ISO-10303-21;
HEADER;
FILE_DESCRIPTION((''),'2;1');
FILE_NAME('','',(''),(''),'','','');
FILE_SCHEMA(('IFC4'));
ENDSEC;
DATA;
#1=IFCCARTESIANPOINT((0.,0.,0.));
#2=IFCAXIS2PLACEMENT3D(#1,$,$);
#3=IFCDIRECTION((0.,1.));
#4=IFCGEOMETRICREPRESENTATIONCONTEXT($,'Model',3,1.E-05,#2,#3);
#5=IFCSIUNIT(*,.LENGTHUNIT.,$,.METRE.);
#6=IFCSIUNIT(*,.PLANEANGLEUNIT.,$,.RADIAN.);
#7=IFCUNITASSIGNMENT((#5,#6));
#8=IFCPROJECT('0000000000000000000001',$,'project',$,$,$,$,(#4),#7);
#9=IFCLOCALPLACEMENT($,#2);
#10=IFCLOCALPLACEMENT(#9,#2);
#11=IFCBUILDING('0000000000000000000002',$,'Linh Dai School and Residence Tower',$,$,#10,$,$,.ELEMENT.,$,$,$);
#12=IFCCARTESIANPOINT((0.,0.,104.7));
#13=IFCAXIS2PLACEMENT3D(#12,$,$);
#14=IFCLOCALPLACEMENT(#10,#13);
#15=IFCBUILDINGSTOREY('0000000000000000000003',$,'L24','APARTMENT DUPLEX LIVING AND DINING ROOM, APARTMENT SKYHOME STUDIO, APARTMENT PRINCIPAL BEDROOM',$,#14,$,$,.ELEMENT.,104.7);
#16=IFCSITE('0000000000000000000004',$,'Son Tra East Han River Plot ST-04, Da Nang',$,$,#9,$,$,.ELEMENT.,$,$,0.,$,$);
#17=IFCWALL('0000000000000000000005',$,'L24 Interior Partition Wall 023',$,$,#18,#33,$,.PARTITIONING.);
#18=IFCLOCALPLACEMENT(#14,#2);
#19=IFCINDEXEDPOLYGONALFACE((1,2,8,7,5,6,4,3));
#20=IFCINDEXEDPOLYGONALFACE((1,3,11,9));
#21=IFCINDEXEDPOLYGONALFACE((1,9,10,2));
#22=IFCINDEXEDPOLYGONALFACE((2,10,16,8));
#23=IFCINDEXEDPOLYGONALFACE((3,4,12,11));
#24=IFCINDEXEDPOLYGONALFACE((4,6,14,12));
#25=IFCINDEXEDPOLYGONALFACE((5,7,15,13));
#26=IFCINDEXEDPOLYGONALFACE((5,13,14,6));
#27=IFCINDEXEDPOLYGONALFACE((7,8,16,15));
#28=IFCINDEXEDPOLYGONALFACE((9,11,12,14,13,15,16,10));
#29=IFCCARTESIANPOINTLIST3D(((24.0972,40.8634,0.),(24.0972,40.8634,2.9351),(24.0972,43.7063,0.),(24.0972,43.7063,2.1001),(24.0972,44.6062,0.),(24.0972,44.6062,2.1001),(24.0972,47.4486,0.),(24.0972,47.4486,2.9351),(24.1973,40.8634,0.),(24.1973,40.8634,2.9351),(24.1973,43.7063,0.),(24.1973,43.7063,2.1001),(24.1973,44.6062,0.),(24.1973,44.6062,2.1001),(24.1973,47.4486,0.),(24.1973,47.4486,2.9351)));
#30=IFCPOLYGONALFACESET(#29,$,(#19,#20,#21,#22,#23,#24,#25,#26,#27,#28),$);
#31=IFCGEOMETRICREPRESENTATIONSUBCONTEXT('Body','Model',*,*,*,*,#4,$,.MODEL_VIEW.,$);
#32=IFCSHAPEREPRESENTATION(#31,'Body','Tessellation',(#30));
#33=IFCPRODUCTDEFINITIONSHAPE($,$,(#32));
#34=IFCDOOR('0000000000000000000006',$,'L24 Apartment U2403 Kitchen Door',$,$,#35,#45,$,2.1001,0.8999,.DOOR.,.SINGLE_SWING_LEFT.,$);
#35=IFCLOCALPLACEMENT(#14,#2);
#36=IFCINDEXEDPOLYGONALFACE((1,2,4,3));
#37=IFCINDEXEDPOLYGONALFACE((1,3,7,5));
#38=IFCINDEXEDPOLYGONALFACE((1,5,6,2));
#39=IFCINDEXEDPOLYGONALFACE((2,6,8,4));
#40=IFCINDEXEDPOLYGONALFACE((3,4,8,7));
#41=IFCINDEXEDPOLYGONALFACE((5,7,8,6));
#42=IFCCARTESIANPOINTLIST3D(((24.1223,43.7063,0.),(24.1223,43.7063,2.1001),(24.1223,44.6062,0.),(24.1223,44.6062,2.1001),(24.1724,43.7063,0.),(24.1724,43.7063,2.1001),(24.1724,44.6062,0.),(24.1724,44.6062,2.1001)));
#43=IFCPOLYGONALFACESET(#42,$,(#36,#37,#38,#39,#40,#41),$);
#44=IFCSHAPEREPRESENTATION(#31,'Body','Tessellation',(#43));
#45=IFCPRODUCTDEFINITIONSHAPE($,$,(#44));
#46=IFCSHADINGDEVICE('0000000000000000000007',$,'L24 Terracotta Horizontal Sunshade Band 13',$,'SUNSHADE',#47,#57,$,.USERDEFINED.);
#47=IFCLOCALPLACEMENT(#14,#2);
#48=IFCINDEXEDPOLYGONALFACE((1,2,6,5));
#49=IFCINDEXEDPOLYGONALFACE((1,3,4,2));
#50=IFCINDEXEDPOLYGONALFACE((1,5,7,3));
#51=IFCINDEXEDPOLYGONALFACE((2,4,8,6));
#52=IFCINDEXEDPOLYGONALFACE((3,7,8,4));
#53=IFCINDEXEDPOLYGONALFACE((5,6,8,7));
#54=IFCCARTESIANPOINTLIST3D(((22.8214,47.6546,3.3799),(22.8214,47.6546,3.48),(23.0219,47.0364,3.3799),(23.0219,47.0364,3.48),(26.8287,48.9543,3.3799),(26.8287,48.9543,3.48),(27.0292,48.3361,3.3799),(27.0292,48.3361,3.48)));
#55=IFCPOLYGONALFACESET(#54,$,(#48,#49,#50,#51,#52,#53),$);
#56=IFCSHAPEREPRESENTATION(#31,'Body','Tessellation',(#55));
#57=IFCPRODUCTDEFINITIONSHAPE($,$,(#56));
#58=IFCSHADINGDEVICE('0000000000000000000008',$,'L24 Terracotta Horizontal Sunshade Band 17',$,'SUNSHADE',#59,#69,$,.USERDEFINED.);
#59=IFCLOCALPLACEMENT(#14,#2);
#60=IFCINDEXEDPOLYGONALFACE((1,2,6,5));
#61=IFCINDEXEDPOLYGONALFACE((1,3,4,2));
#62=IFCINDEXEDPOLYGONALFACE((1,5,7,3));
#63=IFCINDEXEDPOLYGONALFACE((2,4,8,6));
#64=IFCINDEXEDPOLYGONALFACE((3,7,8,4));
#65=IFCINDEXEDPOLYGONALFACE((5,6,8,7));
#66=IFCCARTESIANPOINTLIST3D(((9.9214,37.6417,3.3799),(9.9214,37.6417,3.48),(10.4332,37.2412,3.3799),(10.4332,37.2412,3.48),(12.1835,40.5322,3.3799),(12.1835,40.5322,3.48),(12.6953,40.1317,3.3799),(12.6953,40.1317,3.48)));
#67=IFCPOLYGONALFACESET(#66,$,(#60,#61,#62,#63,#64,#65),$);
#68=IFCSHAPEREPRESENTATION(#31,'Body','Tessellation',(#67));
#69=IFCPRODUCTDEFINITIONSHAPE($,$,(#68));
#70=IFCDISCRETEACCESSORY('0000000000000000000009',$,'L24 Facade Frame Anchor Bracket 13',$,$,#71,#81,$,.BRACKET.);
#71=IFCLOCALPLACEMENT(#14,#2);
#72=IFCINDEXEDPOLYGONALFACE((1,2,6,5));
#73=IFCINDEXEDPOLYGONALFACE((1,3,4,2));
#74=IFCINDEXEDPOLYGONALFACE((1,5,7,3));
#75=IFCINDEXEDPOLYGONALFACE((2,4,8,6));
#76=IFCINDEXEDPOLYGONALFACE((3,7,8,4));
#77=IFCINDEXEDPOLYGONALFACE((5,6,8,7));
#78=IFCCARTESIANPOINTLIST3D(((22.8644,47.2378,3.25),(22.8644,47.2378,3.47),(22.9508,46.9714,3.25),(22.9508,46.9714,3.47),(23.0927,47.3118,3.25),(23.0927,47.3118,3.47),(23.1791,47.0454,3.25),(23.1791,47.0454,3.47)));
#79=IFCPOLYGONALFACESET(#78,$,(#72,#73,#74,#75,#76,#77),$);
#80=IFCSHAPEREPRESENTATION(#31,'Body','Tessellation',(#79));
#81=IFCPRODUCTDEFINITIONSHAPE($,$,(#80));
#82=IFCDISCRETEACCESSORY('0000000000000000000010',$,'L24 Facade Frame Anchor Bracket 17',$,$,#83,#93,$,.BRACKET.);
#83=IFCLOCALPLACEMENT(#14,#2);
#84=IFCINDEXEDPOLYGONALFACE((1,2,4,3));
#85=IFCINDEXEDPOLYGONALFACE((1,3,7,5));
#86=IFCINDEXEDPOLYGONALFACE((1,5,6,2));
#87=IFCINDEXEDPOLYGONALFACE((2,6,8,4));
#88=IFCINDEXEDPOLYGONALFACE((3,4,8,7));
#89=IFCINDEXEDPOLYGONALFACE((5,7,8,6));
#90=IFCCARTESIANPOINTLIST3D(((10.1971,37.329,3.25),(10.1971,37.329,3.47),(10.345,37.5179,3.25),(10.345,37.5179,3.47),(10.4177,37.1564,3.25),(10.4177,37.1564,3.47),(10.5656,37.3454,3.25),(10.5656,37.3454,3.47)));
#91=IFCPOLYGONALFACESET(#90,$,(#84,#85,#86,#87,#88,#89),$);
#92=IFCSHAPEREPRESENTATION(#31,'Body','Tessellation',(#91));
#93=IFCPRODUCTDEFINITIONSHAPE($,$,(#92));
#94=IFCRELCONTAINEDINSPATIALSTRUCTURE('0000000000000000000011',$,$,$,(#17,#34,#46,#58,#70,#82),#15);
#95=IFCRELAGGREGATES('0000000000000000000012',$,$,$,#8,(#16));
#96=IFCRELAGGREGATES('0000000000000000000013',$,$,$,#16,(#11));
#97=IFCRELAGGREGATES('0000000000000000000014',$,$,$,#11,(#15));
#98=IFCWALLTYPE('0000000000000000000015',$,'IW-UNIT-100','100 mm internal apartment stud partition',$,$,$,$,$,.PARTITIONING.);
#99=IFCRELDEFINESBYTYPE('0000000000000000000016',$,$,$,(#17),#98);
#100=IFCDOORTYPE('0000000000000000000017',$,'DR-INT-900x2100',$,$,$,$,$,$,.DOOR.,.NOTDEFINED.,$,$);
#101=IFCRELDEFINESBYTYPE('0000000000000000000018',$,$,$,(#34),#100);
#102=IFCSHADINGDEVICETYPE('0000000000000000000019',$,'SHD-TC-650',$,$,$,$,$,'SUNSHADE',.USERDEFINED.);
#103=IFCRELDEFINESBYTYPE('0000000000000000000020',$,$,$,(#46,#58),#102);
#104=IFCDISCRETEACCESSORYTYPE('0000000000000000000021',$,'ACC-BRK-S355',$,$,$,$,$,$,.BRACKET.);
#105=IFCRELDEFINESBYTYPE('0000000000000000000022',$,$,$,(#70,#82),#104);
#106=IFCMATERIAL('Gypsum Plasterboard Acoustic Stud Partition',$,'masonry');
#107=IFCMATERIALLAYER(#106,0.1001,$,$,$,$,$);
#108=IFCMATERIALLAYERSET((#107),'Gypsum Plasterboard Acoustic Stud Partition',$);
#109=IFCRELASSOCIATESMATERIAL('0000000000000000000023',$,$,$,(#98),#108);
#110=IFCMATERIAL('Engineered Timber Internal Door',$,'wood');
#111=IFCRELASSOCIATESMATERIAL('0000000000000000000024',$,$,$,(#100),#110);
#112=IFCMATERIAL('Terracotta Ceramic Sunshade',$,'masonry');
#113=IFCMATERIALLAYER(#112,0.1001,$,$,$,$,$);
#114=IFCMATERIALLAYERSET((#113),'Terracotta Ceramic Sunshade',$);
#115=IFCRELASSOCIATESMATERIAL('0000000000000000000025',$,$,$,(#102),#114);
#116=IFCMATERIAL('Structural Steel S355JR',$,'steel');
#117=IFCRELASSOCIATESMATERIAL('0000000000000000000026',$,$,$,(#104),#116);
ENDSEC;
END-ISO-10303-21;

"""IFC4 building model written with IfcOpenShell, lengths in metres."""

from ifc_helpers import new_model, si_unit, direction, frame, frame_2d, origin, origin_2d, place, context, subcontext, project, spatial, rectangle, extrude, source, transform, mapped, material, layer, layer_set, type_object, element, fill, save


model = new_model("IFC4")

# Units and contexts
model_context = context("Model", 3, precision=1e-05, world=origin(), true_north=direction((0.0, 1.0)))
body_context = subcontext(model_context, "Body", "Model", "MODEL_VIEW")
ifc_project = project(units=[si_unit("LENGTHUNIT", "METRE"), si_unit("PLANEANGLEUNIT", "RADIAN")], contexts=[model_context])

# Site, building, storey
site_placement = place(None, origin())
site = spatial("IfcSite", under=ifc_project, at=site_placement, Name="Son Tra East Han River Plot ST-04, Da Nang", CompositionType="ELEMENT", RefElevation=0.0)
building_placement = place(site_placement, origin())
building = spatial("IfcBuilding", under=site, at=building_placement, Name="Linh Dai School and Residence Tower", CompositionType="ELEMENT")
storey_placement = place(building_placement, frame((0.0, 0.0, 104.7)))
storey = spatial("IfcBuildingStorey", under=building, at=storey_placement, Name="L24", Description="APARTMENT DUPLEX LIVING AND DINING ROOM, APARTMENT SKYHOME STUDIO, APARTMENT PRINCIPAL BEDROOM", CompositionType="ELEMENT", Elevation=104.7)

# Shared definitions
ifc_material_1 = material(Name="Structural Steel S355JR", Category="steel")

# Shared definitions
ifc_material_2 = material(Name="Gypsum Plasterboard Acoustic Stud Partition", Category="masonry")
ifc_layer_1 = layer(ifc_material_2, 0.1001)
ifc_layer_set_1 = layer_set([ifc_layer_1], Name="Gypsum Plasterboard Acoustic Stud Partition")
wall_type_1 = type_object("IfcWallType", Name="IW-UNIT-100", Description="100 mm internal apartment stud partition", PredefinedType="PARTITIONING", material=ifc_layer_set_1)

# Wall, opening, door
wall_1_placement = place(storey_placement, frame((24.1472, 40.8635, 0.0), z_axis=(0.0, 0.0, 1.0), x_axis=(0.0, 1.0, 0.0)))
wall_1 = element("IfcWall", 1, at=wall_1_placement, inside=storey, type_object=wall_type_1, Name="L24 Interior Partition Wall 023", PredefinedType="PARTITIONING", context=body_context, shape_type="SweptSolid", body=[
    extrude(rectangle(XDim=6.5852, YDim=0.1001, at=frame_2d((3.2925, 0.0))), origin(), (0.0, 0.0, 1.0), 2.9351),
])
opening_1_placement = place(wall_1_placement, frame((2.8428, 0.0, 0.0)))
opening_1 = element("IfcOpeningElement", 2, at=opening_1_placement, cuts=wall_1, PredefinedType="OPENING", context=body_context, shape_type="SweptSolid", body=[
    extrude(rectangle(XDim=0.8999, YDim=2.1001, at=origin_2d()), frame((0.45, 0.0601, 1.05), z_axis=(0.0, -1.0, 0.0), x_axis=(1.0, 0.0, 0.0)), (0.0, 0.0, 1.0), 0.1201),
])
ifc_material_3 = material(Name="Engineered Timber Internal Door", Category="wood")
door_type_1 = type_object("IfcDoorType", Name="DR-INT-900x2100", OperationType="NOTDEFINED", PredefinedType="DOOR", material=ifc_material_3)
shared_shape_1 = source(origin(), body_context, "Body", "SweptSolid", [
    extrude(rectangle(XDim=0.8999, YDim=2.1001, at=origin_2d()), frame((0.45, 0.0249, 1.05), z_axis=(0.0, -1.0, 0.0), x_axis=(1.0, 0.0, 0.0)), (0.0, 0.0, 1.0), 0.05),
])
door_1_placement = place(opening_1_placement, origin())
door_1 = element("IfcDoor", 3, at=door_1_placement, inside=storey, type_object=door_type_1, Name="L24 Apartment U2403 Kitchen Door", OperationType="SINGLE_SWING_LEFT", OverallHeight=2.1001, OverallWidth=0.8999, PredefinedType="DOOR", context=body_context, shape_type="MappedRepresentation", body=[
    mapped(shared_shape_1, transform((0.0, 0.0, 0.0), x_axis=(1.0, 0.0, 0.0), y_axis=(0.0, 1.0, 0.0), z_axis=(0.0, 0.0, 1.0), scale=1.0)),
])
fill(opening_1, door_1)

# Shading devices
ifc_material_4 = material(Name="Terracotta Ceramic Sunshade", Category="masonry")
ifc_layer_2 = layer(ifc_material_4, 0.1001)
ifc_layer_set_2 = layer_set([ifc_layer_2], Name="Terracotta Ceramic Sunshade")
shading_device_type = type_object("IfcShadingDeviceType", Name="SHD-TC-650", ElementType="SUNSHADE", PredefinedType="USERDEFINED", material=ifc_layer_set_2)
shared_shape_2 = source(origin(), body_context, "Body", "SweptSolid", [
    extrude(rectangle(XDim=4.2129, YDim=0.6499, at=origin_2d()), origin(), (0.0, 0.0, 1.0), 0.1001),
])
shading_device_1_placement = place(storey_placement, frame((24.9253, 47.9954, 3.3799), z_axis=(0.0, 0.0, 1.0), x_axis=(0.951217, 0.308522, 0.0)))
element("IfcShadingDevice", 4, at=shading_device_1_placement, inside=storey, type_object=shading_device_type, Name="L24 Terracotta Horizontal Sunshade Band 13", ObjectType="SUNSHADE", PredefinedType="USERDEFINED", context=body_context, shape_type="MappedRepresentation", body=[
    mapped(shared_shape_2, transform((0.0, 0.0, 0.0), x_axis=(1.0, 0.0, 0.0), y_axis=(0.0, 1.0, 0.0), z_axis=(0.0, 0.0, 1.0), scale=1.0)),
])
shared_shape_3 = source(origin(), body_context, "Body", "SweptSolid", [
    extrude(rectangle(XDim=3.6704, YDim=0.6499, at=origin_2d()), origin(), (0.0, 0.0, 1.0), 0.1001),
])
shading_device_2_placement = place(storey_placement, frame((11.3083, 38.8867, 3.3799), z_axis=(0.0, 0.0, 1.0), x_axis=(0.616305, 0.787508, 0.0)))
element("IfcShadingDevice", 5, at=shading_device_2_placement, inside=storey, type_object=shading_device_type, Name="L24 Terracotta Horizontal Sunshade Band 17", ObjectType="SUNSHADE", PredefinedType="USERDEFINED", context=body_context, shape_type="MappedRepresentation", body=[
    mapped(shared_shape_3, transform((0.0, 0.0, 0.0), x_axis=(1.0, 0.0, 0.0), y_axis=(0.0, 1.0, 0.0), z_axis=(0.0, 0.0, 1.0), scale=1.0)),
])

# Discrete accessories
discrete_accessory_type = type_object("IfcDiscreteAccessoryType", Name="ACC-BRK-S355", PredefinedType="BRACKET", material=ifc_material_1)
shared_shape_4 = source(origin(), body_context, "Body", "SweptSolid", [
    extrude(rectangle(XDim=0.28, YDim=0.24, at=origin_2d()), origin(), (0.0, 0.0, 1.0), 0.22),
])
for number, where, z_axis, x_axis, name in (
    (6, (23.0217, 47.1416, 3.25), (0.0, 0.0, 1.0), (-0.308522, 0.951217, 0.0), "L24 Facade Frame Anchor Bracket 13"),
    (7, (10.3813, 37.3372, 3.25), (0.0, 0.0, 1.0), (-0.787508, 0.616305, 0.0), "L24 Facade Frame Anchor Bracket 17"),
):
    element("IfcDiscreteAccessory", number, at=place(storey_placement, frame(where, z_axis=z_axis, x_axis=x_axis)), inside=storey, type_object=discrete_accessory_type, Name=name, PredefinedType="BRACKET", context=body_context, shape_type="MappedRepresentation", body=[
        mapped(shared_shape_4, transform((0.0, 0.0, 0.0), x_axis=(1.0, 0.0, 0.0), y_axis=(0.0, 1.0, 0.0), z_axis=(0.0, 0.0, 1.0), scale=1.0)),
    ])

save(model, "model.ifc")
